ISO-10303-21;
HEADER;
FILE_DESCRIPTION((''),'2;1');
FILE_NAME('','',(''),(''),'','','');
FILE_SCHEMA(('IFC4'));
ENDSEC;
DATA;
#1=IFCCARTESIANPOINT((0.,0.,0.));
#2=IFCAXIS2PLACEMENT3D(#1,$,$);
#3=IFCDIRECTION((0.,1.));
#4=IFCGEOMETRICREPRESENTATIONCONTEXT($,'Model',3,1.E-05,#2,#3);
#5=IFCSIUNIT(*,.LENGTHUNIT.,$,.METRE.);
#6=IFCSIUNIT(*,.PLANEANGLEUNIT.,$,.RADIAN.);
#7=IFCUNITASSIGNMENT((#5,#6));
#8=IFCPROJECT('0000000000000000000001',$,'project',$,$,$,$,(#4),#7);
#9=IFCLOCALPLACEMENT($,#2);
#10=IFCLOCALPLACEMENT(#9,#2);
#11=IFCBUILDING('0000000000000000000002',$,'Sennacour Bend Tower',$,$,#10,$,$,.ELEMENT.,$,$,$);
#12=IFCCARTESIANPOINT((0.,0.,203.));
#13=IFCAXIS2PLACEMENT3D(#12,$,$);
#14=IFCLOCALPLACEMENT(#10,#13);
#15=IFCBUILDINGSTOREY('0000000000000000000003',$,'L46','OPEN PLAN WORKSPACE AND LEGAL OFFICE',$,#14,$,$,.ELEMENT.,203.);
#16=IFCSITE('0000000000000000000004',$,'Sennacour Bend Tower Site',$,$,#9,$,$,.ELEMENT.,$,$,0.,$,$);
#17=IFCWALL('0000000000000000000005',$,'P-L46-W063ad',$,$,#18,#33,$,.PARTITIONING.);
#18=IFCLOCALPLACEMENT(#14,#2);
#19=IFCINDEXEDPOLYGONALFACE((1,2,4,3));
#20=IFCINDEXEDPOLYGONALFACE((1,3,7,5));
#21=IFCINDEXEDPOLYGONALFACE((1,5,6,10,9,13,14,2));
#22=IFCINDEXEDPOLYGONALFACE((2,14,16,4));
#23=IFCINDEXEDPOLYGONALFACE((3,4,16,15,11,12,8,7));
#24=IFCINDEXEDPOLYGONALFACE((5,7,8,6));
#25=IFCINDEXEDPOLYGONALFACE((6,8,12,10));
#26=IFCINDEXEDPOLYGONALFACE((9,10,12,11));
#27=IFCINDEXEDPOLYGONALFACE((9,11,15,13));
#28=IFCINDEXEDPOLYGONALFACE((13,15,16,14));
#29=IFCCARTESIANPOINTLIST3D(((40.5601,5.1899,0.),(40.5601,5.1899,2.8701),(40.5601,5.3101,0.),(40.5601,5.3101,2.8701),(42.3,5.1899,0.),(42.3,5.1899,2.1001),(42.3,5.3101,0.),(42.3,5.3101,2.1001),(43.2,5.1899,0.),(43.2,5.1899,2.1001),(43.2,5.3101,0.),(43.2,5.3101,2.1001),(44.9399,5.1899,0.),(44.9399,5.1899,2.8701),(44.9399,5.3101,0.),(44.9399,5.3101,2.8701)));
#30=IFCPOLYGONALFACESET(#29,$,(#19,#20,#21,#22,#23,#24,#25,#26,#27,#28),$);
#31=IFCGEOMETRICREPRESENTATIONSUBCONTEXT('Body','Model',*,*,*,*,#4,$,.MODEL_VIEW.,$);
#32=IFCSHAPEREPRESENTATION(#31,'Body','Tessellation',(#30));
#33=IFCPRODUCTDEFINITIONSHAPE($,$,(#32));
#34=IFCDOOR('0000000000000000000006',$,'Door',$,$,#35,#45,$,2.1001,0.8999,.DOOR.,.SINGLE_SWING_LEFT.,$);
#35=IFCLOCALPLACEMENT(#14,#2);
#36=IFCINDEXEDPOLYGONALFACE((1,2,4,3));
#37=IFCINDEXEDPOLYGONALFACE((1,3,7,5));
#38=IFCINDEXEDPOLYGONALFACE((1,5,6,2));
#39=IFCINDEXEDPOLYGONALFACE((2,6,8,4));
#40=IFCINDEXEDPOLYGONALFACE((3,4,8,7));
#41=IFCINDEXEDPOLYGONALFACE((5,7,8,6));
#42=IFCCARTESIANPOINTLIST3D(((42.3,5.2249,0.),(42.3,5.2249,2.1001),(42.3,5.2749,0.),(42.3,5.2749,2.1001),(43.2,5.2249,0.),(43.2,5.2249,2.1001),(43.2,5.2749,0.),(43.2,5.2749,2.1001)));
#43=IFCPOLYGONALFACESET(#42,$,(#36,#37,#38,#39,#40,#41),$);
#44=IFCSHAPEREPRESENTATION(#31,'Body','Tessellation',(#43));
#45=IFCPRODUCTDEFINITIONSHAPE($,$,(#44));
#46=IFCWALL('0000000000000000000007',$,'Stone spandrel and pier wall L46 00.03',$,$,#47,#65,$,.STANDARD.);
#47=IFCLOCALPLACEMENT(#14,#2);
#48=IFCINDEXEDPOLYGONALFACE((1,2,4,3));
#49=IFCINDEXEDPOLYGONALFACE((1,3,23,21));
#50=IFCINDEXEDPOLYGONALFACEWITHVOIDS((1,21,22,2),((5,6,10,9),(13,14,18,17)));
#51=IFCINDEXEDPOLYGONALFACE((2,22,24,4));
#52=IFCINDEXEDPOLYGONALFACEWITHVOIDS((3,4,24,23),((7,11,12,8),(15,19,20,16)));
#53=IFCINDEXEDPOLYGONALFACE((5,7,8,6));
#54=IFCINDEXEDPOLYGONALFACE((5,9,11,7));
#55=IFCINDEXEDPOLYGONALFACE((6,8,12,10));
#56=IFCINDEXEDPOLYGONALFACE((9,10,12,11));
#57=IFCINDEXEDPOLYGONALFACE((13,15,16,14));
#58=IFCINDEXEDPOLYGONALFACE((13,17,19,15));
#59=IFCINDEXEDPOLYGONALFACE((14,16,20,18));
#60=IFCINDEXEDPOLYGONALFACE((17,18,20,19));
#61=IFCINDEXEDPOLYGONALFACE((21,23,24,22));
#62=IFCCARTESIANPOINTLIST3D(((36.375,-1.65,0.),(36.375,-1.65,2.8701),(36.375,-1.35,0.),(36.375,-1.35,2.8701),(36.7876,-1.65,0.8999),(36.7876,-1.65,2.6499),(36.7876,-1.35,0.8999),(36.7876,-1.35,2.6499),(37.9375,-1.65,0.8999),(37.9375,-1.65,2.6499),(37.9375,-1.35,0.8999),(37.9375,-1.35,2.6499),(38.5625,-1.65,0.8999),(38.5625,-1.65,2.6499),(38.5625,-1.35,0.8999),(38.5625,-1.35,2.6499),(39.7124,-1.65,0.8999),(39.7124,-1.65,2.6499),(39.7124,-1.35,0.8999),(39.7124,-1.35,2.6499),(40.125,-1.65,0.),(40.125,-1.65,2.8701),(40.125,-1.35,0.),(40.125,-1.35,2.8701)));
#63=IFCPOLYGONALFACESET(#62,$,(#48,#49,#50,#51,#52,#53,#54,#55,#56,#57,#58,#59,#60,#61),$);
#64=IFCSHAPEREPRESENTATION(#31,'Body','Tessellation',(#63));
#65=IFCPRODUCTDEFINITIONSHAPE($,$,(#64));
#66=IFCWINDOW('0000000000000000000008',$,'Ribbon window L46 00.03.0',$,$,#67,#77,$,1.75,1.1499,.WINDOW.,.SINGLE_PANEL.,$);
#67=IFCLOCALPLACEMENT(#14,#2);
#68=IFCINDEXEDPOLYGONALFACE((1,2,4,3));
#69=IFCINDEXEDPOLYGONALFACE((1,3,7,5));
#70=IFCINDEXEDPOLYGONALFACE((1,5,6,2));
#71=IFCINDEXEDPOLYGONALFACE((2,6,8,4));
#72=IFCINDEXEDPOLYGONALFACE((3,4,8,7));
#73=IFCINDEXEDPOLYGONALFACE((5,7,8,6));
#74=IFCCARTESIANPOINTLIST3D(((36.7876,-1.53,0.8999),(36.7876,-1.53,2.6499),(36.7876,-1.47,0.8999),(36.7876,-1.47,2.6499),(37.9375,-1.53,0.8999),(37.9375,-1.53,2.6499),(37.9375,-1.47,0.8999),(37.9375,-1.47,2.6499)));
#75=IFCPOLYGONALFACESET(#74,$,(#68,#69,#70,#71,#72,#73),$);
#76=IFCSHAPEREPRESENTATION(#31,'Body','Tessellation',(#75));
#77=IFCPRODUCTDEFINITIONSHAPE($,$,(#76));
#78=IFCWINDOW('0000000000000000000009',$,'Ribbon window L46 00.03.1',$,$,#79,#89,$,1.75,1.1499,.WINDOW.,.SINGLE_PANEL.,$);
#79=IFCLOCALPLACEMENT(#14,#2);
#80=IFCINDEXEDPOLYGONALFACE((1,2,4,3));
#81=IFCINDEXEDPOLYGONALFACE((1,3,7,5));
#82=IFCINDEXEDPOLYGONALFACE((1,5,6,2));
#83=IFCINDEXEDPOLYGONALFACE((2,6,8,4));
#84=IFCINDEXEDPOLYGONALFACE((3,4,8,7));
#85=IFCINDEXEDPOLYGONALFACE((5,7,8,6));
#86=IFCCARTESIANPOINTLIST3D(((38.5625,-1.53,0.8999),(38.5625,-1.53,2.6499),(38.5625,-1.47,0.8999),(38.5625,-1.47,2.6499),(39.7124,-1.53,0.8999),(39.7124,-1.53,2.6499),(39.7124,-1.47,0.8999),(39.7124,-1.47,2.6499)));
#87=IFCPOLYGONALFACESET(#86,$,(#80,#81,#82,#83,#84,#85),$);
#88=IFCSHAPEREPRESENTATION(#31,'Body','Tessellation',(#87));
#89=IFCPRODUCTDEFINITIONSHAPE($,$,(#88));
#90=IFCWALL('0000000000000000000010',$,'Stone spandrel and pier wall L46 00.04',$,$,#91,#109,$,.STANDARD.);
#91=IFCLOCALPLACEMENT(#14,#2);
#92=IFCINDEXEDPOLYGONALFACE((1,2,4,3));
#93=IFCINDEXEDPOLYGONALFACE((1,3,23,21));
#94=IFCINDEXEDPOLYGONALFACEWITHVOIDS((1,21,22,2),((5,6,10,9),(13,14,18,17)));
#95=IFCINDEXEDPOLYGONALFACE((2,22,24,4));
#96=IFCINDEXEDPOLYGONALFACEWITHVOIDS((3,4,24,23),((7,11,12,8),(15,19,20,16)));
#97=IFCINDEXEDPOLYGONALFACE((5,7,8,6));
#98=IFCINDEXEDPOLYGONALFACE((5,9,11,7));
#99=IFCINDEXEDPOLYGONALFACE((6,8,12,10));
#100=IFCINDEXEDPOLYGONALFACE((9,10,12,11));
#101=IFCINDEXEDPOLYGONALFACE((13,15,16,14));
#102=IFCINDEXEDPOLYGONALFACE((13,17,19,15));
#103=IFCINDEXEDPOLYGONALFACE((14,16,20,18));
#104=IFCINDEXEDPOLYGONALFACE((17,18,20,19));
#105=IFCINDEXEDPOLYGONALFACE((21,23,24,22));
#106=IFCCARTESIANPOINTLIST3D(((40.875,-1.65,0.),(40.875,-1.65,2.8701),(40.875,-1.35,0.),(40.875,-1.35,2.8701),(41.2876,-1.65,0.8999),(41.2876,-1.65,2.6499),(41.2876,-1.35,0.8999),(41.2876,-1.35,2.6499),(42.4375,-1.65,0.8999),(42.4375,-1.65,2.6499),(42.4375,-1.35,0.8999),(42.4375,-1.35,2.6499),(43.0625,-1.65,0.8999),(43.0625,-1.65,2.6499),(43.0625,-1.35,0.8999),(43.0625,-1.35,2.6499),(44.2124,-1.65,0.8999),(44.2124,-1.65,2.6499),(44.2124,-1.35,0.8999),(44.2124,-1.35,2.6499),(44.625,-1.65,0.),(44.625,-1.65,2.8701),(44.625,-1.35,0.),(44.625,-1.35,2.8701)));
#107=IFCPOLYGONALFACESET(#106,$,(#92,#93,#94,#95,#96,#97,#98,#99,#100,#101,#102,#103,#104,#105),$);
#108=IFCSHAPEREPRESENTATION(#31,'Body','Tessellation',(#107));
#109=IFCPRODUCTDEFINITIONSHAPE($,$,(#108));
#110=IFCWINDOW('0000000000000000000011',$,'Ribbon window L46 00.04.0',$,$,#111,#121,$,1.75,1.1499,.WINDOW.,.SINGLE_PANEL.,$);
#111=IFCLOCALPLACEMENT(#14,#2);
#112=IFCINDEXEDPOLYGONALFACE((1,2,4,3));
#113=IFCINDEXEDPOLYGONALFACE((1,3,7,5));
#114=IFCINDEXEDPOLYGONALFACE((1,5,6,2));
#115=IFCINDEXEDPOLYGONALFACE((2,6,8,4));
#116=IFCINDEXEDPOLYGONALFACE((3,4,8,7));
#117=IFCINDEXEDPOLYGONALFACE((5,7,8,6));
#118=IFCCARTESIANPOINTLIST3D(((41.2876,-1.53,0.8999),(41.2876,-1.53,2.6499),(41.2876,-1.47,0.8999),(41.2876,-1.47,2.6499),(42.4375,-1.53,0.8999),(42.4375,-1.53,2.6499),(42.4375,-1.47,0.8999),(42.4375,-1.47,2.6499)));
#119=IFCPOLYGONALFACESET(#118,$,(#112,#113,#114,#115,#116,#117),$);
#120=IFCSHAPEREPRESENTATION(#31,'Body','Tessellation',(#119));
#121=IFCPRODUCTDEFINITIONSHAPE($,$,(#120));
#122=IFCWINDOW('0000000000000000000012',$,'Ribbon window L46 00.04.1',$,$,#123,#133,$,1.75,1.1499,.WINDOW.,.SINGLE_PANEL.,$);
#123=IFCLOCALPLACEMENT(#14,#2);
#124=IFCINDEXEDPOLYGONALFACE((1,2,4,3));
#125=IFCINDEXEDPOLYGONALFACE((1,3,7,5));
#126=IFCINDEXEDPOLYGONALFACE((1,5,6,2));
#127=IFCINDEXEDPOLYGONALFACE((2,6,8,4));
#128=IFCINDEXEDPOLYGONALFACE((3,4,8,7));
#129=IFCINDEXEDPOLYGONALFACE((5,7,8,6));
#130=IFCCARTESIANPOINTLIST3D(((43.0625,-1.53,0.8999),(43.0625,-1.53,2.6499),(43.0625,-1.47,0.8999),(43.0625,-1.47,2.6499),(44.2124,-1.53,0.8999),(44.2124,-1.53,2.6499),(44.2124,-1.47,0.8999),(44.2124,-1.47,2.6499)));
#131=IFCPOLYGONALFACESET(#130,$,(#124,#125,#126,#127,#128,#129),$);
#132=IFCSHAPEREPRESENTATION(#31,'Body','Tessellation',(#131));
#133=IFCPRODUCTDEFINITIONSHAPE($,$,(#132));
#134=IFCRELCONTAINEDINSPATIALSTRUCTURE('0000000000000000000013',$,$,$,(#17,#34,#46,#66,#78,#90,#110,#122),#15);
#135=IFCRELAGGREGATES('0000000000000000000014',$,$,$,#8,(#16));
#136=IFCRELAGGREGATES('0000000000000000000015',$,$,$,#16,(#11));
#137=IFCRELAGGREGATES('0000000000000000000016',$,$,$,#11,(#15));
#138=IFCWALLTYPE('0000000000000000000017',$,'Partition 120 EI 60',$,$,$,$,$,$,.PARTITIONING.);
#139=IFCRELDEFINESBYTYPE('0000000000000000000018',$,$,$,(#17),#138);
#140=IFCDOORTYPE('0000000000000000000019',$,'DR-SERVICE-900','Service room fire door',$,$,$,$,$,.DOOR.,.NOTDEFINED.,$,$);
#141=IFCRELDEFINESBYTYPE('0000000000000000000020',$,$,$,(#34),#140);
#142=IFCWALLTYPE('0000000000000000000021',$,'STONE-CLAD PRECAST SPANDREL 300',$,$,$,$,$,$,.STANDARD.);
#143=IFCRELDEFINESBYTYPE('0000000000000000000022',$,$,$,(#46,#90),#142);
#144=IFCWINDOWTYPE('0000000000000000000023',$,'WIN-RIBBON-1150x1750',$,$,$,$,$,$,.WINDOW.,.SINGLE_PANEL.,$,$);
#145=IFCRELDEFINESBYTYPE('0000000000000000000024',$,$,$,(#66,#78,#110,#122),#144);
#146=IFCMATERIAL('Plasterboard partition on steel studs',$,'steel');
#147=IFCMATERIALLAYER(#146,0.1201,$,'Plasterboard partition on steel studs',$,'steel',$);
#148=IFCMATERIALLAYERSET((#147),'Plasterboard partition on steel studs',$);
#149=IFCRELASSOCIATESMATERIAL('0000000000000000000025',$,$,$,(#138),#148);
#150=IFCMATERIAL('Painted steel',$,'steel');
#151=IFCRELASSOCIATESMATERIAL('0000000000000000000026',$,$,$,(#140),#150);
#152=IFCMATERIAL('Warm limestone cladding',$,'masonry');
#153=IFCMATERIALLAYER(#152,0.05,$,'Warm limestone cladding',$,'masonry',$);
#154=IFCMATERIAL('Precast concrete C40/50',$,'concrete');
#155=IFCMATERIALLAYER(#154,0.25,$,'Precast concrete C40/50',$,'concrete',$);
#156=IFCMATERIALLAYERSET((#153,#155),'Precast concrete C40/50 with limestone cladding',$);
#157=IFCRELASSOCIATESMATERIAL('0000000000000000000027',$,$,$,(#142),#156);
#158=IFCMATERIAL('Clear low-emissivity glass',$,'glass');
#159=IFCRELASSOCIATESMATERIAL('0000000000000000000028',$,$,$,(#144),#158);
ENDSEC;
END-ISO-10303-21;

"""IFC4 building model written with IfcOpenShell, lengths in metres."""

from ifc_helpers import new_model, si_unit, direction, frame, frame_2d, origin, place, context, subcontext, project, spatial, rectangle, extrude, material, layer, layer_set, type_object, element, fill, save


model = new_model("IFC4")

# Units and contexts
model_context = context("Model", 3, precision=1e-05, world=origin(), true_north=direction((0.0, 1.0)))
body_context = subcontext(model_context, "Body", "Model", "MODEL_VIEW")
ifc_project = project(units=[si_unit("LENGTHUNIT", "METRE"), si_unit("PLANEANGLEUNIT", "RADIAN")], contexts=[model_context])

# Site, building, storey
site_placement = place(None, origin())
site = spatial("IfcSite", under=ifc_project, at=site_placement, Name="Sennacour Bend Tower Site", CompositionType="ELEMENT", RefElevation=0.0)
building_placement = place(site_placement, origin())
building = spatial("IfcBuilding", under=site, at=building_placement, Name="Sennacour Bend Tower", CompositionType="ELEMENT")
storey_placement = place(building_placement, frame((0.0, 0.0, 203.0)))
storey = spatial("IfcBuildingStorey", under=building, at=storey_placement, Name="L46", Description="OPEN PLAN WORKSPACE AND LEGAL OFFICE", CompositionType="ELEMENT", Elevation=203.0)

# Shared definitions
ifc_material_1 = material(Name="Plasterboard partition on steel studs", Category="steel")

# Wall, opening, door
ifc_layer_1 = layer(ifc_material_1, 0.1201, Name="Plasterboard partition on steel studs", Category="steel")
ifc_layer_set_1 = layer_set([ifc_layer_1], Name="Plasterboard partition on steel studs")
wall_type_1 = type_object("IfcWallType", Name="Partition 120 EI 60", PredefinedType="PARTITIONING", material=ifc_layer_set_1)
wall_1_placement = place(storey_placement, frame((40.5601, 5.25, 0.0), z_axis=(0.0, 0.0, 1.0), x_axis=(1.0, 0.0, 0.0)))
wall_1 = element("IfcWall", 1, at=wall_1_placement, inside=storey, type_object=wall_type_1, Name="P-L46-W063ad", PredefinedType="PARTITIONING", context=body_context, shape_type="SweptSolid", body=[
    extrude(rectangle(XDim=4.3799, YDim=0.1201, at=frame_2d((2.1899, 0.0))), origin(), (0.0, 0.0, 1.0), 2.8701),
])
opening_1_placement = place(wall_1_placement, frame((1.74, 0.0, 0.0)))
opening_1 = element("IfcOpeningElement", 2, at=opening_1_placement, cuts=wall_1, PredefinedType="OPENING", context=body_context, shape_type="SweptSolid", body=[
    extrude(rectangle(XDim=0.8999, YDim=2.1001, at=frame_2d((0.45, 1.05))), frame((0.0, 0.0701, 0.0), z_axis=(0.0, -1.0, 0.0), x_axis=(1.0, 0.0, 0.0)), (0.0, 0.0, 1.0), 0.1401),
])
ifc_material_2 = material(Name="Painted steel", Category="steel")
door_type_1 = type_object("IfcDoorType", Name="DR-SERVICE-900", Description="Service room fire door", OperationType="NOTDEFINED", PredefinedType="DOOR", material=ifc_material_2)
door_1_placement = place(opening_1_placement, origin())
door_1 = element("IfcDoor", 3, at=door_1_placement, inside=storey, type_object=door_type_1, Name="Door", OperationType="SINGLE_SWING_LEFT", OverallHeight=2.1001, OverallWidth=0.8999, PredefinedType="DOOR", context=body_context, shape_type="SweptSolid", body=[
    extrude(rectangle(XDim=0.8999, YDim=2.1001, at=frame_2d((0.45, 1.05))), frame((0.0, 0.0249, 0.0), z_axis=(0.0, -1.0, 0.0), x_axis=(1.0, 0.0, 0.0)), (0.0, 0.0, 1.0), 0.05),
])
fill(opening_1, door_1)

# Walls, openings, windows
ifc_material_3 = material(Name="Warm limestone cladding", Category="masonry")
ifc_layer_2 = layer(ifc_material_3, 0.05, Name="Warm limestone cladding", Category="masonry")
ifc_material_4 = material(Name="Precast concrete C40/50", Category="concrete")
ifc_layer_3 = layer(ifc_material_4, 0.25, Name="Precast concrete C40/50", Category="concrete")
ifc_layer_set_2 = layer_set([ifc_layer_2, ifc_layer_3], Name="Precast concrete C40/50 with limestone cladding")
wall_type_2 = type_object("IfcWallType", Name="STONE-CLAD PRECAST SPANDREL 300", PredefinedType="STANDARD", material=ifc_layer_set_2)
wall_2_placement = place(storey_placement, frame((36.375, -1.5, 0.0), z_axis=(0.0, 0.0, 1.0), x_axis=(1.0, 0.0, 0.0)))
wall_2 = element("IfcWall", 4, at=wall_2_placement, inside=storey, type_object=wall_type_2, Name="Stone spandrel and pier wall L46 00.03", PredefinedType="STANDARD", context=body_context, shape_type="SweptSolid", body=[
    extrude(rectangle(XDim=3.75, YDim=0.3, at=frame_2d((1.875, 0.0))), origin(), (0.0, 0.0, 1.0), 2.8701),
])
opening_2_placement = place(wall_2_placement, frame((0.4126, 0.0, 0.8999)))
opening_2 = element("IfcOpeningElement", 5, at=opening_2_placement, cuts=wall_2, PredefinedType="OPENING", context=body_context, shape_type="SweptSolid", body=[
    extrude(rectangle(XDim=1.1499, YDim=1.75, at=frame_2d((0.575, 0.875))), frame((0.0, 0.1602, 0.0), z_axis=(0.0, -1.0, 0.0), x_axis=(1.0, 0.0, 0.0)), (0.0, 0.0, 1.0), 0.3201),
])
opening_3_placement = place(wall_2_placement, frame((2.1875, 0.0, 0.8999)))
opening_3 = element("IfcOpeningElement", 6, at=opening_3_placement, cuts=wall_2, PredefinedType="OPENING", context=body_context, shape_type="SweptSolid", body=[
    extrude(rectangle(XDim=1.1499, YDim=1.75, at=frame_2d((0.575, 0.875))), frame((0.0, 0.1602, 0.0), z_axis=(0.0, -1.0, 0.0), x_axis=(1.0, 0.0, 0.0)), (0.0, 0.0, 1.0), 0.3201),
])
ifc_material_5 = material(Name="Clear low-emissivity glass", Category="glass")
window_type = type_object("IfcWindowType", Name="WIN-RIBBON-1150x1750", PartitioningType="SINGLE_PANEL", PredefinedType="WINDOW", material=ifc_material_5)
window_1_placement = place(opening_2_placement, origin())
window_1 = element("IfcWindow", 7, at=window_1_placement, inside=storey, type_object=window_type, Name="Ribbon window L46 00.03.0", OverallHeight=1.75, OverallWidth=1.1499, PartitioningType="SINGLE_PANEL", PredefinedType="WINDOW", context=body_context, shape_type="SweptSolid", body=[
    extrude(rectangle(XDim=1.1499, YDim=1.75, at=frame_2d((0.575, 0.875))), frame((0.0, 0.03, 0.0), z_axis=(0.0, -1.0, 0.0), x_axis=(1.0, 0.0, 0.0)), (0.0, 0.0, 1.0), 0.0601),
])
fill(opening_2, window_1)
window_2_placement = place(opening_3_placement, origin())
window_2 = element("IfcWindow", 8, at=window_2_placement, inside=storey, type_object=window_type, Name="Ribbon window L46 00.03.1", OverallHeight=1.75, OverallWidth=1.1499, PartitioningType="SINGLE_PANEL", PredefinedType="WINDOW", context=body_context, shape_type="SweptSolid", body=[
    extrude(rectangle(XDim=1.1499, YDim=1.75, at=frame_2d((0.575, 0.875))), frame((0.0, 0.03, 0.0), z_axis=(0.0, -1.0, 0.0), x_axis=(1.0, 0.0, 0.0)), (0.0, 0.0, 1.0), 0.0601),
])
fill(opening_3, window_2)
wall_3_placement = place(storey_placement, frame((40.875, -1.5, 0.0), z_axis=(0.0, 0.0, 1.0), x_axis=(1.0, 0.0, 0.0)))
wall_3 = element("IfcWall", 9, at=wall_3_placement, inside=storey, type_object=wall_type_2, Name="Stone spandrel and pier wall L46 00.04", PredefinedType="STANDARD", context=body_context, shape_type="SweptSolid", body=[
    extrude(rectangle(XDim=3.75, YDim=0.3, at=frame_2d((1.875, 0.0))), origin(), (0.0, 0.0, 1.0), 2.8701),
])
opening_4_placement = place(wall_3_placement, frame((0.4126, 0.0, 0.8999)))
opening_4 = element("IfcOpeningElement", 10, at=opening_4_placement, cuts=wall_3, PredefinedType="OPENING", context=body_context, shape_type="SweptSolid", body=[
    extrude(rectangle(XDim=1.1499, YDim=1.75, at=frame_2d((0.575, 0.875))), frame((0.0, 0.1602, 0.0), z_axis=(0.0, -1.0, 0.0), x_axis=(1.0, 0.0, 0.0)), (0.0, 0.0, 1.0), 0.3201),
])
opening_5_placement = place(wall_3_placement, frame((2.1875, 0.0, 0.8999)))
opening_5 = element("IfcOpeningElement", 11, at=opening_5_placement, cuts=wall_3, PredefinedType="OPENING", context=body_context, shape_type="SweptSolid", body=[
    extrude(rectangle(XDim=1.1499, YDim=1.75, at=frame_2d((0.575, 0.875))), frame((0.0, 0.1602, 0.0), z_axis=(0.0, -1.0, 0.0), x_axis=(1.0, 0.0, 0.0)), (0.0, 0.0, 1.0), 0.3201),
])
window_3_placement = place(opening_4_placement, origin())
window_3 = element("IfcWindow", 12, at=window_3_placement, inside=storey, type_object=window_type, Name="Ribbon window L46 00.04.0", OverallHeight=1.75, OverallWidth=1.1499, PartitioningType="SINGLE_PANEL", PredefinedType="WINDOW", context=body_context, shape_type="SweptSolid", body=[
    extrude(rectangle(XDim=1.1499, YDim=1.75, at=frame_2d((0.575, 0.875))), frame((0.0, 0.03, 0.0), z_axis=(0.0, -1.0, 0.0), x_axis=(1.0, 0.0, 0.0)), (0.0, 0.0, 1.0), 0.0601),
])
fill(opening_4, window_3)
window_4_placement = place(opening_5_placement, origin())
window_4 = element("IfcWindow", 13, at=window_4_placement, inside=storey, type_object=window_type, Name="Ribbon window L46 00.04.1", OverallHeight=1.75, OverallWidth=1.1499, PartitioningType="SINGLE_PANEL", PredefinedType="WINDOW", context=body_context, shape_type="SweptSolid", body=[
    extrude(rectangle(XDim=1.1499, YDim=1.75, at=frame_2d((0.575, 0.875))), frame((0.0, 0.03, 0.0), z_axis=(0.0, -1.0, 0.0), x_axis=(1.0, 0.0, 0.0)), (0.0, 0.0, 1.0), 0.0601),
])
fill(opening_5, window_4)

save(model, "model.ifc")
